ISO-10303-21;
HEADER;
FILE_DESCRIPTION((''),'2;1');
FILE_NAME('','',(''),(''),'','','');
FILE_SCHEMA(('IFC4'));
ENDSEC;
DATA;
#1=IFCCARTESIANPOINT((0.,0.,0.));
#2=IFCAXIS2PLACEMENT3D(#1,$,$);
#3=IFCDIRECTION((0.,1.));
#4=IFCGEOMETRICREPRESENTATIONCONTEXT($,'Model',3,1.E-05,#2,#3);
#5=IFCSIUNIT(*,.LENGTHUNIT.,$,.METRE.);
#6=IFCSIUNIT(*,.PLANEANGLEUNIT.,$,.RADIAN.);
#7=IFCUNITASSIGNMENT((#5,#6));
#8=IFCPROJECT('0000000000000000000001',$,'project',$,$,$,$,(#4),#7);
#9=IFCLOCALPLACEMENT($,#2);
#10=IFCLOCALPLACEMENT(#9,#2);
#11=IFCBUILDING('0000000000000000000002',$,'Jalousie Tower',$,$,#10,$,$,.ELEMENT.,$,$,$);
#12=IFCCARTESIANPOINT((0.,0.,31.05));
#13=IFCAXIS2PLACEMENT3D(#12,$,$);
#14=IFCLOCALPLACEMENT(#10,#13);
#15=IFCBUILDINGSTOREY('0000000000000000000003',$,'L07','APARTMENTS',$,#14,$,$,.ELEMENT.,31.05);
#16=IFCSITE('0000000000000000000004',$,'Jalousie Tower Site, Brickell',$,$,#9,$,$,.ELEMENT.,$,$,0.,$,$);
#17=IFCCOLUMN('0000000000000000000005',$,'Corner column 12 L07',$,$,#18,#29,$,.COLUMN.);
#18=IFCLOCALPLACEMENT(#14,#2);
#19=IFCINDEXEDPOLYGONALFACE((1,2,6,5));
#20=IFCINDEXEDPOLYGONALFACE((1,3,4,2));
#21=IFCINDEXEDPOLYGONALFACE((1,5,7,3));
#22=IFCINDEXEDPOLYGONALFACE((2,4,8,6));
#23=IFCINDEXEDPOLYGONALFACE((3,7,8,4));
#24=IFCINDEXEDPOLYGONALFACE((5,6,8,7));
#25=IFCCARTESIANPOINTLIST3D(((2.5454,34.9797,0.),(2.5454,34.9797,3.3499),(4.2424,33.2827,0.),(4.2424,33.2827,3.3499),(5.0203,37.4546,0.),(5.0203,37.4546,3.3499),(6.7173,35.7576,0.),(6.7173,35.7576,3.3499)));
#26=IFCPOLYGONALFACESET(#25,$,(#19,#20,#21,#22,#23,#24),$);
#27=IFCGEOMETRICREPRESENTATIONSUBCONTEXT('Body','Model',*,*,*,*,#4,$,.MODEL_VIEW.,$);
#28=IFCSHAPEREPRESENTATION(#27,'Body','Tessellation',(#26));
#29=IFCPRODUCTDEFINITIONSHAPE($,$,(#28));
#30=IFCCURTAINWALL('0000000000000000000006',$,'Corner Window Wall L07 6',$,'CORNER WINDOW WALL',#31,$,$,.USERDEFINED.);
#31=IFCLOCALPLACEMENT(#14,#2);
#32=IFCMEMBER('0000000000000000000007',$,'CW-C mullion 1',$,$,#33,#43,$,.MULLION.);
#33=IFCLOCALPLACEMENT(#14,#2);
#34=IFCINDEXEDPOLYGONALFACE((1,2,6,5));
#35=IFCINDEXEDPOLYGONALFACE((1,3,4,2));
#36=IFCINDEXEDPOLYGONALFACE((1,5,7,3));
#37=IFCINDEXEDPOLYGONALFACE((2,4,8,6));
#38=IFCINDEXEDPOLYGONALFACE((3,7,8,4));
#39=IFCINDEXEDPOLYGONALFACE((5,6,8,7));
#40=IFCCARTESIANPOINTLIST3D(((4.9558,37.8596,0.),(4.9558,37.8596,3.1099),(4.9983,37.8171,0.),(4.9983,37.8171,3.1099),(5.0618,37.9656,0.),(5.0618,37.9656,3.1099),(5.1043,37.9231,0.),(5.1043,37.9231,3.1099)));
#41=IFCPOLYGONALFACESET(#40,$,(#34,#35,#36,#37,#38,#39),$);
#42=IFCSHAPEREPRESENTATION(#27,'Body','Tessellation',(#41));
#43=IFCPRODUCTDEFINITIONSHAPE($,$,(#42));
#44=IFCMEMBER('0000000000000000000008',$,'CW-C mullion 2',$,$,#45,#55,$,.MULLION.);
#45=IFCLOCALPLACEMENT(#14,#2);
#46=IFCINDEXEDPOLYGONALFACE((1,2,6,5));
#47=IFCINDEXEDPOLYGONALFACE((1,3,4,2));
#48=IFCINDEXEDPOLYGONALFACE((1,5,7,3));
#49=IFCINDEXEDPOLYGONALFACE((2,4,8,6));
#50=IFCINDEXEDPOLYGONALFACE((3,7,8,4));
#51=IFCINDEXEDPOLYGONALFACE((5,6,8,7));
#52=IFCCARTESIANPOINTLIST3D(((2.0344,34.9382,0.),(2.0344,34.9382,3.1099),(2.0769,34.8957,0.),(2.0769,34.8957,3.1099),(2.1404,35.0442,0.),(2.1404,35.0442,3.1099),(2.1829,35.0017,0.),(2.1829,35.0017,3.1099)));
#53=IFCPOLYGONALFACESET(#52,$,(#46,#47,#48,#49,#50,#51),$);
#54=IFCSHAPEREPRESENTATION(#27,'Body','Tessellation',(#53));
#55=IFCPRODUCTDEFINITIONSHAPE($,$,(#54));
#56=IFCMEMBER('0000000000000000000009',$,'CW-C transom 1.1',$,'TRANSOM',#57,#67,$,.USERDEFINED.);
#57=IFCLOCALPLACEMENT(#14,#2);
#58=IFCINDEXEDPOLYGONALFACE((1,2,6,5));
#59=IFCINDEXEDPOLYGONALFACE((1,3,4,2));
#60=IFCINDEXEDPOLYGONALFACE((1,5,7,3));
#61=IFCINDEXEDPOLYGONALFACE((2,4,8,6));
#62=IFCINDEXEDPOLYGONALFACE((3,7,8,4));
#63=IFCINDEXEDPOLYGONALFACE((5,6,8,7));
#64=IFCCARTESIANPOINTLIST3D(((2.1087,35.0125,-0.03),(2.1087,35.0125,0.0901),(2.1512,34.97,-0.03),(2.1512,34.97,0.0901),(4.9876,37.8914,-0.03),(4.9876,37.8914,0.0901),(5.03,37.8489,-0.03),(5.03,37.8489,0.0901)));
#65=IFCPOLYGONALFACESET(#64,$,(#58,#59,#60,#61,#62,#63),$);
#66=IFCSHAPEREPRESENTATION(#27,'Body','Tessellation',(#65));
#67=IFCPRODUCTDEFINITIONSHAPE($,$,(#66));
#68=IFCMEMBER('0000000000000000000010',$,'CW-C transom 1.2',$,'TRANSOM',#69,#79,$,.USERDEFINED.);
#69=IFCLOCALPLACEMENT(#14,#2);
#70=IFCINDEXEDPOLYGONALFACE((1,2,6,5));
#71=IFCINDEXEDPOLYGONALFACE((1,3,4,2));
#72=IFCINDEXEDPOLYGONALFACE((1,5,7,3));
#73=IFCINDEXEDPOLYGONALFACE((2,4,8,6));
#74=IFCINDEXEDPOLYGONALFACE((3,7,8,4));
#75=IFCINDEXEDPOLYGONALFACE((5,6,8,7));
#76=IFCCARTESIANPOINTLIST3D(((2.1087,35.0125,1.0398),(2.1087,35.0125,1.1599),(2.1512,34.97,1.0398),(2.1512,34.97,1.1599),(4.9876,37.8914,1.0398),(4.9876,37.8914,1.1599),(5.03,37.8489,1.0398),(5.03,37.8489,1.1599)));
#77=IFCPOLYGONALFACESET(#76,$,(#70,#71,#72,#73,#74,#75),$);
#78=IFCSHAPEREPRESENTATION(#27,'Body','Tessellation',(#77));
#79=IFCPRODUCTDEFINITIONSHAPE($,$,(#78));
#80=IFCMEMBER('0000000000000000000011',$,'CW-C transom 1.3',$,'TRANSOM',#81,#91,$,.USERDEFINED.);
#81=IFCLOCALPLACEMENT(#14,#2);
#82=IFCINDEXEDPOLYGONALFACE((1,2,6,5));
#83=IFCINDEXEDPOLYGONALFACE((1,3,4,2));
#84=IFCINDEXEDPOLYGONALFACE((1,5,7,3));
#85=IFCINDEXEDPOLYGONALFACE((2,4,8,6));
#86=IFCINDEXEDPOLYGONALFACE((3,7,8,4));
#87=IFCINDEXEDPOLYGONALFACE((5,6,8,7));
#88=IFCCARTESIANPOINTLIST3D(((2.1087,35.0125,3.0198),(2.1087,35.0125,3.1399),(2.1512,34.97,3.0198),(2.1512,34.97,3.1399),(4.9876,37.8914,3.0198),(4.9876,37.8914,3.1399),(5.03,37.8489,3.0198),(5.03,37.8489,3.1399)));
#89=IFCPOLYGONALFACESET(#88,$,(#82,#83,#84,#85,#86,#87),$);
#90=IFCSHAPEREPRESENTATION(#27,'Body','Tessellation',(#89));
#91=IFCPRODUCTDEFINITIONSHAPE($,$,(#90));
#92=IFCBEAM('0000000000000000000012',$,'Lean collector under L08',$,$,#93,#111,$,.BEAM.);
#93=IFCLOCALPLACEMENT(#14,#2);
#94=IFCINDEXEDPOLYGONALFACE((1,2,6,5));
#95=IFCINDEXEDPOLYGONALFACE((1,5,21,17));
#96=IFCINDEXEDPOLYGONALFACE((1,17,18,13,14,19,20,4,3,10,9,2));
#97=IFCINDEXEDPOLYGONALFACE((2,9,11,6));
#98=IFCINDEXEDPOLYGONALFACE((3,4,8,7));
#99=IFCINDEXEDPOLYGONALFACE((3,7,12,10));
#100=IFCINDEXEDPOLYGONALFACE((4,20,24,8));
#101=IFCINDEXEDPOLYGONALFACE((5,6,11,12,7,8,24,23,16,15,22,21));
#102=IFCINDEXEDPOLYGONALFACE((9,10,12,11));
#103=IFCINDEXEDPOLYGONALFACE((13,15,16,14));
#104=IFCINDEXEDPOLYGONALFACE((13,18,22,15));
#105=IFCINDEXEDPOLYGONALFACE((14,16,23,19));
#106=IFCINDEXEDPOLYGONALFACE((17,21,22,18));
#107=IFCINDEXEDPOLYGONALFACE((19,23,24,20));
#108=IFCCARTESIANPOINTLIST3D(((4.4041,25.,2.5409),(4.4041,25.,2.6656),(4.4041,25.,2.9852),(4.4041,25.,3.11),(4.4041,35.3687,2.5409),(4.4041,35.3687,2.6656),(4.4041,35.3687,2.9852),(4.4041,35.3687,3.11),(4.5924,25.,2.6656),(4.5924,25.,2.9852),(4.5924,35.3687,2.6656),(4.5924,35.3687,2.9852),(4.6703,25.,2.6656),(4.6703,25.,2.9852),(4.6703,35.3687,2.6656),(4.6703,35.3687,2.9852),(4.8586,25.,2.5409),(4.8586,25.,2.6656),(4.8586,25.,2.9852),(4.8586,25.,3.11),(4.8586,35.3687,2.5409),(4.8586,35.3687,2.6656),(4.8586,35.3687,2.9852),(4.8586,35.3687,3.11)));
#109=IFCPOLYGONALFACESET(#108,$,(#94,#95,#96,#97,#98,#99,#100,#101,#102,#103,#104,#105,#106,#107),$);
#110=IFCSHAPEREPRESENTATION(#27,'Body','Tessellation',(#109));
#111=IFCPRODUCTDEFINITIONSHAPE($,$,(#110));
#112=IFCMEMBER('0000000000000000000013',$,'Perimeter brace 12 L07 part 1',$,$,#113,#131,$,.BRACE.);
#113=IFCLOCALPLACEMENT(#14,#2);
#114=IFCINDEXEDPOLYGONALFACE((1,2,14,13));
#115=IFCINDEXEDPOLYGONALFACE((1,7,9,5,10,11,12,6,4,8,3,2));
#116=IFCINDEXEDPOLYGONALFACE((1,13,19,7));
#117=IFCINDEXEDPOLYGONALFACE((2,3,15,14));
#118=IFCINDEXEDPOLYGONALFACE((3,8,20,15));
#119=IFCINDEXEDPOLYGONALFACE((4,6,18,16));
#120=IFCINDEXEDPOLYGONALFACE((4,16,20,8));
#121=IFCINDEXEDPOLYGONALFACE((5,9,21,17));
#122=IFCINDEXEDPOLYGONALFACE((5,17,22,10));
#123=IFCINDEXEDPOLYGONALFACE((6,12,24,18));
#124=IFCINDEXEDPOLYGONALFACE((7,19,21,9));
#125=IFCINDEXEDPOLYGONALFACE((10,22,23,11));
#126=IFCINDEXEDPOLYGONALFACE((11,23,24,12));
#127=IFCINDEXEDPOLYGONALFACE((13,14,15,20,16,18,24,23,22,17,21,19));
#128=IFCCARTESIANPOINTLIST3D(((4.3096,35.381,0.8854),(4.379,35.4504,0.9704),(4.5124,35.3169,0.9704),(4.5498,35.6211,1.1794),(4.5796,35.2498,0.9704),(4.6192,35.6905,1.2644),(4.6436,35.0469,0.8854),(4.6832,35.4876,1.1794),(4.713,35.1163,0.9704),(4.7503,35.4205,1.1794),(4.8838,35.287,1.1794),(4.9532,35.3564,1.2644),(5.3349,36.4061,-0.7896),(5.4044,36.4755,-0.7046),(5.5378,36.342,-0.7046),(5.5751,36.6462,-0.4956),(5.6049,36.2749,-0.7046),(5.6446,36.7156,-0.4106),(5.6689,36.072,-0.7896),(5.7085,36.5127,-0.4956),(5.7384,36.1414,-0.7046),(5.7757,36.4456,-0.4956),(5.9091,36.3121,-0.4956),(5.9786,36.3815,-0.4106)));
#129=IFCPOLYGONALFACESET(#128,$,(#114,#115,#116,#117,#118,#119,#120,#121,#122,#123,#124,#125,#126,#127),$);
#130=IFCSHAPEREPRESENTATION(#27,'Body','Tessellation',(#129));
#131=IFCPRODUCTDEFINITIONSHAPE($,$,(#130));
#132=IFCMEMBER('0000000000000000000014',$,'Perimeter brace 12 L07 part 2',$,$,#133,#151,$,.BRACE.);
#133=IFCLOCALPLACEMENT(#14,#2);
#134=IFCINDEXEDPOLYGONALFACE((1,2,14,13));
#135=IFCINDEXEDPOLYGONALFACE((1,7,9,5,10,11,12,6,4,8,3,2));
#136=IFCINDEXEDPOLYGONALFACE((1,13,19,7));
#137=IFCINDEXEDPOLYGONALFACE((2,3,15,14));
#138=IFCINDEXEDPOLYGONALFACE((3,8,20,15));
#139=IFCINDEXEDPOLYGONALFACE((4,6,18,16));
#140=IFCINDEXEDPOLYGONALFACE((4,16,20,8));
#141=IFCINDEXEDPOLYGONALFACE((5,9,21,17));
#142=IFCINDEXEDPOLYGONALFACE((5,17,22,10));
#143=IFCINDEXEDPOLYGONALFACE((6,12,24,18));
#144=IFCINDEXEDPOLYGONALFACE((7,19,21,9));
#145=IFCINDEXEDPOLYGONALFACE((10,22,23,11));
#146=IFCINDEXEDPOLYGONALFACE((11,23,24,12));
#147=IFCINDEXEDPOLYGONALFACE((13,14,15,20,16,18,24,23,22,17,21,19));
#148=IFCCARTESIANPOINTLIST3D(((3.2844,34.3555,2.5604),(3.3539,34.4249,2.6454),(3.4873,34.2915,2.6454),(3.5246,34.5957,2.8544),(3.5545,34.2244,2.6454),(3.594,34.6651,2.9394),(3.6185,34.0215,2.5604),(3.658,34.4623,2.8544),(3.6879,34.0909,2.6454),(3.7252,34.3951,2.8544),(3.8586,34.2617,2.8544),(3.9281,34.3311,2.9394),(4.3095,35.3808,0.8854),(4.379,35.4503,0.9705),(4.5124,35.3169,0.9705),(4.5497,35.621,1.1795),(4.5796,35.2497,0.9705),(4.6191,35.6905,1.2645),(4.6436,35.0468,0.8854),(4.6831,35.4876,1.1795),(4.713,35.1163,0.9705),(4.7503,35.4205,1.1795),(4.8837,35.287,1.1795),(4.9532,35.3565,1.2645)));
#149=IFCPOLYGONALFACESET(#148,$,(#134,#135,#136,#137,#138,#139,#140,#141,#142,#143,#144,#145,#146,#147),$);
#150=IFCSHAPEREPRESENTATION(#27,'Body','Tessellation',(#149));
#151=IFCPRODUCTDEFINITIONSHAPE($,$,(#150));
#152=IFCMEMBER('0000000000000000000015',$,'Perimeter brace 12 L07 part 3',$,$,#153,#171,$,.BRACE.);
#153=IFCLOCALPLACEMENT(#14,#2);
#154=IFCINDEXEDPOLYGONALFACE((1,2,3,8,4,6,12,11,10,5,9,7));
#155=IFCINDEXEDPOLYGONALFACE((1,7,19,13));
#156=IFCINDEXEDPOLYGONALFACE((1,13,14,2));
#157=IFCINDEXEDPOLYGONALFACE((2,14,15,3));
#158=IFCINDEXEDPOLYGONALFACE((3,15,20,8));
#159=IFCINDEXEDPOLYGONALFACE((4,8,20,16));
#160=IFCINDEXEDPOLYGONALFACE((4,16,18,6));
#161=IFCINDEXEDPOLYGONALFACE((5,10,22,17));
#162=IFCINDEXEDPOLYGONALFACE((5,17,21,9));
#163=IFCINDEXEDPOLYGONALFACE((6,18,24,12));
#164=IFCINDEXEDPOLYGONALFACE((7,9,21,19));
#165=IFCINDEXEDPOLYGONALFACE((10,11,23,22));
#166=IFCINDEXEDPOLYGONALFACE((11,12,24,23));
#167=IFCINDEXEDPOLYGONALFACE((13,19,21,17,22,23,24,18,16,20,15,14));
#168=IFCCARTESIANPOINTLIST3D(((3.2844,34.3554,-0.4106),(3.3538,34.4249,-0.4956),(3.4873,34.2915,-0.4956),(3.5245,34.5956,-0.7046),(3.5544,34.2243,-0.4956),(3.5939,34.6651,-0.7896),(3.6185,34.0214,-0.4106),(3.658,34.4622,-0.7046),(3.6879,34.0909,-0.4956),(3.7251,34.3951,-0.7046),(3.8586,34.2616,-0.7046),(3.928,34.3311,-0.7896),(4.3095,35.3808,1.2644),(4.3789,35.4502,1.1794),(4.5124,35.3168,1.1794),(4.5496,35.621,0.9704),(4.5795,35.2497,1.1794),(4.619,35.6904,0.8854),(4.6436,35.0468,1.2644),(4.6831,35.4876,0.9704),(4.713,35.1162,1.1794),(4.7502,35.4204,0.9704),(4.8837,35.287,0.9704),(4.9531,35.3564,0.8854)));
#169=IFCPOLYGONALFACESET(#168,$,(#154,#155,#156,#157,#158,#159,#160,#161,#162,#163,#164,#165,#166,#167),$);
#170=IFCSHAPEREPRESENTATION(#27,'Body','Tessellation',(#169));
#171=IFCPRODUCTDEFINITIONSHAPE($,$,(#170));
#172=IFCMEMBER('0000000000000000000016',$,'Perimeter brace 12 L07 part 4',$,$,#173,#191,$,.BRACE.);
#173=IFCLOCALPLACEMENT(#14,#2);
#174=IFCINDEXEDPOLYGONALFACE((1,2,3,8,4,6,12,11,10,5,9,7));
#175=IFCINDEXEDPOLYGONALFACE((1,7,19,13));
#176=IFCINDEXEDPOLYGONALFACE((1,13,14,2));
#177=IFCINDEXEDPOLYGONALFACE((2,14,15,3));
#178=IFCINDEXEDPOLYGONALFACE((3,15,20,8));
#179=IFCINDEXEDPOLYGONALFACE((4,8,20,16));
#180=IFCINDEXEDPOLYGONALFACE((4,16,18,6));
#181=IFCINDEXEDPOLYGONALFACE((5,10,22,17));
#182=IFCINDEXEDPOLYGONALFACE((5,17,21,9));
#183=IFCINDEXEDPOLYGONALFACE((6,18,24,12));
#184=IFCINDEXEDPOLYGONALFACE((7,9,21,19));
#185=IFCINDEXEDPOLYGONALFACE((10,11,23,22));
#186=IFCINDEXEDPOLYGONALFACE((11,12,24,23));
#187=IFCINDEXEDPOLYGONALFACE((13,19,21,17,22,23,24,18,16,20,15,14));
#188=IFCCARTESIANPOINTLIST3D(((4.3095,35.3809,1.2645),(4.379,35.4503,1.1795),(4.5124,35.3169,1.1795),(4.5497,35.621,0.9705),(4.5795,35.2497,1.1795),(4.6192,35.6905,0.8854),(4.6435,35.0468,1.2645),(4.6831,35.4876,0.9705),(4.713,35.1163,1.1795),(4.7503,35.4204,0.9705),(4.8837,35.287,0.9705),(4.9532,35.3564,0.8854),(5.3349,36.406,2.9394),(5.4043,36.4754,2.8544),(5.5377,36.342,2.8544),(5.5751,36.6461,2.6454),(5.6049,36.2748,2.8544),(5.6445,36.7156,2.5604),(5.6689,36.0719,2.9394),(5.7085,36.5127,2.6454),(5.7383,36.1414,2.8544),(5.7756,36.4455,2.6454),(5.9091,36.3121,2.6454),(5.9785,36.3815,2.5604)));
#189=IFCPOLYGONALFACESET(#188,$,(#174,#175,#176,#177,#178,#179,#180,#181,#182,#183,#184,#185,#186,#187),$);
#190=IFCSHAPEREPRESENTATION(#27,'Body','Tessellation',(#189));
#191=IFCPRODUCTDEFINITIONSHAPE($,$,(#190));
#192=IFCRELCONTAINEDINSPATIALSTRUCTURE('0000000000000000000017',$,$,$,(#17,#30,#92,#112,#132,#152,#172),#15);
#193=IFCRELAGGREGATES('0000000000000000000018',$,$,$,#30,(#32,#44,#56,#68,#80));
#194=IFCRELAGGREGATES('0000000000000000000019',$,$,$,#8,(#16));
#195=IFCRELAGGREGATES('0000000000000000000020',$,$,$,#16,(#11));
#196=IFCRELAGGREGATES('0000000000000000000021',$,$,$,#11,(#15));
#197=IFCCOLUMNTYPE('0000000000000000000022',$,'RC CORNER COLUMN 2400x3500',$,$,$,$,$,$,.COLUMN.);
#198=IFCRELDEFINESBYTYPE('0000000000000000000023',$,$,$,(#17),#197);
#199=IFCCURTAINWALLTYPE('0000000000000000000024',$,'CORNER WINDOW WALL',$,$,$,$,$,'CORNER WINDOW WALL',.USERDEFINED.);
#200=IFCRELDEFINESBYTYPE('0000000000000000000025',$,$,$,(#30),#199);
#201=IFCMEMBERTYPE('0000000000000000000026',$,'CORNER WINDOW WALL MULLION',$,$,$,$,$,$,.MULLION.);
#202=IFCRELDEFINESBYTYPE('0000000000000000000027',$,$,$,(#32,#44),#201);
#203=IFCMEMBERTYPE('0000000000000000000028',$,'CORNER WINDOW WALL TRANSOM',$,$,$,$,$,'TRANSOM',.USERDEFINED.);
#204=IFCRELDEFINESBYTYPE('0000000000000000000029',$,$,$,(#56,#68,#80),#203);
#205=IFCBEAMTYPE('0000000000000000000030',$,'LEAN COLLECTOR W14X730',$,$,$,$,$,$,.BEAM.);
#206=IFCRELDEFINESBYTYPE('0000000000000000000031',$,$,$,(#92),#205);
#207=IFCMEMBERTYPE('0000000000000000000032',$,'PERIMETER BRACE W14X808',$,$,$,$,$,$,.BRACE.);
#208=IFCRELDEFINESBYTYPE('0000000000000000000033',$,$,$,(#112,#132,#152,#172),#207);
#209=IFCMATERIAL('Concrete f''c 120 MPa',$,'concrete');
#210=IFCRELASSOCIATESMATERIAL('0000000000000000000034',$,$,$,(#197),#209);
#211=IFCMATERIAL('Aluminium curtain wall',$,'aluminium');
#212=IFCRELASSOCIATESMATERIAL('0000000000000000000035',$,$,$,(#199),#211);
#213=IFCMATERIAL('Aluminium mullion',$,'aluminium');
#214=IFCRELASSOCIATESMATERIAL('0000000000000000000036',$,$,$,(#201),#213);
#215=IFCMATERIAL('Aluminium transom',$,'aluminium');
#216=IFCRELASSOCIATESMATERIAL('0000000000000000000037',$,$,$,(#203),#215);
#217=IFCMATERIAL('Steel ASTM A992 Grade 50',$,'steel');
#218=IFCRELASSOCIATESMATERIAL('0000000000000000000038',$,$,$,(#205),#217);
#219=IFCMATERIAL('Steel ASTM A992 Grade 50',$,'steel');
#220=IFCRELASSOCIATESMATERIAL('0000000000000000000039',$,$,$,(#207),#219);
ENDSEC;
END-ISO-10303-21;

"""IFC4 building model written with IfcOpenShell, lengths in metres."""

from ifc_helpers import new_model, si_unit, direction, frame, origin, origin_2d, place, context, subcontext, project, spatial, rectangle, i_section, extrude, material, material_profile, profile_set, type_object, element, aggregate, save


model = new_model("IFC4")

# Units and contexts
model_context = context("Model", 3, precision=1e-05, world=origin(), true_north=direction((0.0, 1.0)))
body_context = subcontext(model_context, "Body", "Model", "MODEL_VIEW")
ifc_project = project(units=[si_unit("LENGTHUNIT", "METRE"), si_unit("PLANEANGLEUNIT", "RADIAN")], contexts=[model_context])

# Site, building, storey
site_placement = place(None, origin())
site = spatial("IfcSite", under=ifc_project, at=site_placement, Name="Jalousie Tower Site, Brickell", CompositionType="ELEMENT", RefElevation=0.0)
building_placement = place(site_placement, origin())
building = spatial("IfcBuilding", under=site, at=building_placement, Name="Jalousie Tower", CompositionType="ELEMENT")
storey_placement = place(building_placement, frame((0.0, 0.0, 31.05)))
storey = spatial("IfcBuildingStorey", under=building, at=storey_placement, Name="L07", Description="APARTMENTS", CompositionType="ELEMENT", Elevation=31.05)

# Column
ifc_material_1 = material(Name="Concrete f'c 120 MPa", Category="concrete")
ifc_material_profile_1 = material_profile(ifc_material_1, rectangle(XDim=2.3999, YDim=3.5, at=origin_2d()), Name="RC 2400x3500")
ifc_profile_set_1 = profile_set([ifc_material_profile_1], Name="Concrete f'c 120 MPa")
column_type = type_object("IfcColumnType", Name="RC CORNER COLUMN 2400x3500", PredefinedType="COLUMN", material=ifc_profile_set_1)
column_placement = place(storey_placement, frame((4.6313, 35.3687, 0.0), z_axis=(0.0, 0.0, 1.0), x_axis=(0.707107, -0.707107, 0.0)))
element("IfcColumn", 1, at=column_placement, inside=storey, type_object=column_type, Name="Corner column 12 L07", PredefinedType="COLUMN", context=body_context, shape_type="SweptSolid", body=[
    extrude(rectangle(XDim=2.3999, YDim=3.5, at=origin_2d()), origin(), (0.0, 0.0, 1.0), 3.3499),
])

# Curtain wall, members
ifc_material_2 = material(Name="Aluminium curtain wall", Category="aluminium")
curtain_wall_type_1 = type_object("IfcCurtainWallType", Name="CORNER WINDOW WALL", ElementType="CORNER WINDOW WALL", PredefinedType="USERDEFINED", material=ifc_material_2)
curtain_wall_1_placement = place(storey_placement, origin())
curtain_wall_1 = element("IfcCurtainWall", 2, at=curtain_wall_1_placement, inside=storey, type_object=curtain_wall_type_1, Name="Corner Window Wall L07 6", ObjectType="CORNER WINDOW WALL", PredefinedType="USERDEFINED")
ifc_material_3 = material(Name="Aluminium mullion", Category="aluminium")
ifc_material_profile_2 = material_profile(ifc_material_3, rectangle(XDim=0.0601, YDim=0.1499, at=origin_2d()), Name="MULLION 60x150")
ifc_profile_set_2 = profile_set([ifc_material_profile_2], Name="Aluminium mullion")
member_type_1 = type_object("IfcMemberType", Name="CORNER WINDOW WALL MULLION", PredefinedType="MULLION", material=ifc_profile_set_2)
member_1_placement = place(storey_placement, frame((5.03, 37.8914, 0.0), z_axis=(0.0, 0.0, 1.0), x_axis=(0.707107, -0.707107, 0.0)))
member_1 = element("IfcMember", 3, at=member_1_placement, type_object=member_type_1, Name="CW-C mullion 1", PredefinedType="MULLION", context=body_context, shape_type="SweptSolid", body=[
    extrude(rectangle(XDim=0.0601, YDim=0.1499, at=origin_2d()), origin(), (0.0, 0.0, 1.0), 3.1099),
])
member_2_placement = place(storey_placement, frame((2.1086, 34.97, 0.0), z_axis=(0.0, 0.0, 1.0), x_axis=(0.707107, -0.707107, 0.0)))
member_2 = element("IfcMember", 4, at=member_2_placement, type_object=member_type_1, Name="CW-C mullion 2", PredefinedType="MULLION", context=body_context, shape_type="SweptSolid", body=[
    extrude(rectangle(XDim=0.0601, YDim=0.1499, at=origin_2d()), origin(), (0.0, 0.0, 1.0), 3.1099),
])
ifc_material_4 = material(Name="Aluminium transom", Category="aluminium")
ifc_material_profile_3 = material_profile(ifc_material_4, rectangle(XDim=0.0601, YDim=0.1201, at=origin_2d()), Name="TRANSOM 60x120")
ifc_profile_set_3 = profile_set([ifc_material_profile_3], Name="Aluminium transom")
member_type_2 = type_object("IfcMemberType", Name="CORNER WINDOW WALL TRANSOM", ElementType="TRANSOM", PredefinedType="USERDEFINED", material=ifc_profile_set_3)
member_3_placement = place(storey_placement, frame((5.0088, 37.8701, 0.03), z_axis=(-0.707107, -0.707107, 0.0), x_axis=(0.707107, -0.707107, 0.0)))
member_3 = element("IfcMember", 5, at=member_3_placement, type_object=member_type_2, Name="CW-C transom 1.1", ObjectType="TRANSOM", PredefinedType="USERDEFINED", context=body_context, shape_type="SweptSolid", body=[
    extrude(rectangle(XDim=0.0601, YDim=0.1201, at=origin_2d()), origin(), (0.0, 0.0, 1.0), 4.0713),
])
member_4_placement = place(storey_placement, frame((5.0088, 37.8701, 1.0999), z_axis=(-0.707107, -0.707107, 0.0), x_axis=(0.707107, -0.707107, 0.0)))
member_4 = element("IfcMember", 6, at=member_4_placement, type_object=member_type_2, Name="CW-C transom 1.2", ObjectType="TRANSOM", PredefinedType="USERDEFINED", context=body_context, shape_type="SweptSolid", body=[
    extrude(rectangle(XDim=0.0601, YDim=0.1201, at=origin_2d()), origin(), (0.0, 0.0, 1.0), 4.0713),
])
member_5_placement = place(storey_placement, frame((5.0088, 37.8701, 3.0798), z_axis=(-0.707107, -0.707107, 0.0), x_axis=(0.707107, -0.707107, 0.0)))
member_5 = element("IfcMember", 7, at=member_5_placement, type_object=member_type_2, Name="CW-C transom 1.3", ObjectType="TRANSOM", PredefinedType="USERDEFINED", context=body_context, shape_type="SweptSolid", body=[
    extrude(rectangle(XDim=0.0601, YDim=0.1201, at=origin_2d()), origin(), (0.0, 0.0, 1.0), 4.0713),
])

# Beam
ifc_material_5 = material(Name="Steel ASTM A992 Grade 50", Category="steel")
ifc_material_profile_4 = material_profile(ifc_material_5, i_section(OverallWidth=0.4546, OverallDepth=0.5691, WebThickness=0.0779, FlangeThickness=0.1248, at=origin_2d()), Name="W14X730")
ifc_profile_set_4 = profile_set([ifc_material_profile_4], Name="Steel ASTM A992 Grade 50")
beam_type_1 = type_object("IfcBeamType", Name="LEAN COLLECTOR W14X730", PredefinedType="BEAM", material=ifc_profile_set_4)
beam_1_placement = place(storey_placement, frame((4.6313, 35.3687, 2.8254), z_axis=(0.0, -1.0, 0.0), x_axis=(1.0, 0.0, 0.0)))
element("IfcBeam", 8, at=beam_1_placement, inside=storey, type_object=beam_type_1, Name="Lean collector under L08", PredefinedType="BEAM", context=body_context, shape_type="SweptSolid", body=[
    extrude(i_section(OverallWidth=0.4546, OverallDepth=0.5691, WebThickness=0.0779, FlangeThickness=0.1248, at=origin_2d()), origin(), (0.0, 0.0, 1.0), 10.3687),
])

# Members
ifc_material_6 = material(Name="Steel ASTM A992 Grade 50", Category="steel")
ifc_material_profile_5 = material_profile(ifc_material_6, i_section(OverallWidth=0.4724, OverallDepth=0.5791, WebThickness=0.095, FlangeThickness=0.1299, at=origin_2d()), Name="W14X808")
ifc_profile_set_5 = profile_set([ifc_material_profile_5], Name="Steel ASTM A992 Grade 50")
member_type_3 = type_object("IfcMemberType", Name="PERIMETER BRACE W14X808", PredefinedType="BRACE", material=ifc_profile_set_5)
for number, where, z_axis, x_axis, name in (
    (9, (5.6567, 36.3938, -0.6001), (-0.46284, -0.46273, 0.756082), (0.707023, -0.707191, 0.0), "Perimeter brace 12 L07 part 1"),
    (10, (4.6313, 35.3687, 1.075), (-0.46273, -0.46284, 0.756082), (0.707191, -0.707023, 0.0), "Perimeter brace 12 L07 part 2"),
    (11, (3.6062, 34.3433, -0.6001), (0.46273, 0.46284, 0.756082), (-0.707191, 0.707023, 0.0), "Perimeter brace 12 L07 part 3"),
    (12, (4.6313, 35.3687, 1.075), (0.46284, 0.46273, 0.756082), (-0.707023, 0.707191, 0.0), "Perimeter brace 12 L07 part 4"),
):
    element("IfcMember", number, at=place(storey_placement, frame(where, z_axis=z_axis, x_axis=x_axis)), inside=storey, type_object=member_type_3, Name=name, PredefinedType="BRACE", context=body_context, shape_type="SweptSolid", body=[
        extrude(i_section(OverallWidth=0.4724, OverallDepth=0.5791, WebThickness=0.095, FlangeThickness=0.1299, at=origin_2d()), origin(), (0.0, 0.0, 1.0), 2.2153),
    ])

aggregate(curtain_wall_1, [member_1, member_2, member_3, member_4, member_5])

save(model, "model.ifc")
